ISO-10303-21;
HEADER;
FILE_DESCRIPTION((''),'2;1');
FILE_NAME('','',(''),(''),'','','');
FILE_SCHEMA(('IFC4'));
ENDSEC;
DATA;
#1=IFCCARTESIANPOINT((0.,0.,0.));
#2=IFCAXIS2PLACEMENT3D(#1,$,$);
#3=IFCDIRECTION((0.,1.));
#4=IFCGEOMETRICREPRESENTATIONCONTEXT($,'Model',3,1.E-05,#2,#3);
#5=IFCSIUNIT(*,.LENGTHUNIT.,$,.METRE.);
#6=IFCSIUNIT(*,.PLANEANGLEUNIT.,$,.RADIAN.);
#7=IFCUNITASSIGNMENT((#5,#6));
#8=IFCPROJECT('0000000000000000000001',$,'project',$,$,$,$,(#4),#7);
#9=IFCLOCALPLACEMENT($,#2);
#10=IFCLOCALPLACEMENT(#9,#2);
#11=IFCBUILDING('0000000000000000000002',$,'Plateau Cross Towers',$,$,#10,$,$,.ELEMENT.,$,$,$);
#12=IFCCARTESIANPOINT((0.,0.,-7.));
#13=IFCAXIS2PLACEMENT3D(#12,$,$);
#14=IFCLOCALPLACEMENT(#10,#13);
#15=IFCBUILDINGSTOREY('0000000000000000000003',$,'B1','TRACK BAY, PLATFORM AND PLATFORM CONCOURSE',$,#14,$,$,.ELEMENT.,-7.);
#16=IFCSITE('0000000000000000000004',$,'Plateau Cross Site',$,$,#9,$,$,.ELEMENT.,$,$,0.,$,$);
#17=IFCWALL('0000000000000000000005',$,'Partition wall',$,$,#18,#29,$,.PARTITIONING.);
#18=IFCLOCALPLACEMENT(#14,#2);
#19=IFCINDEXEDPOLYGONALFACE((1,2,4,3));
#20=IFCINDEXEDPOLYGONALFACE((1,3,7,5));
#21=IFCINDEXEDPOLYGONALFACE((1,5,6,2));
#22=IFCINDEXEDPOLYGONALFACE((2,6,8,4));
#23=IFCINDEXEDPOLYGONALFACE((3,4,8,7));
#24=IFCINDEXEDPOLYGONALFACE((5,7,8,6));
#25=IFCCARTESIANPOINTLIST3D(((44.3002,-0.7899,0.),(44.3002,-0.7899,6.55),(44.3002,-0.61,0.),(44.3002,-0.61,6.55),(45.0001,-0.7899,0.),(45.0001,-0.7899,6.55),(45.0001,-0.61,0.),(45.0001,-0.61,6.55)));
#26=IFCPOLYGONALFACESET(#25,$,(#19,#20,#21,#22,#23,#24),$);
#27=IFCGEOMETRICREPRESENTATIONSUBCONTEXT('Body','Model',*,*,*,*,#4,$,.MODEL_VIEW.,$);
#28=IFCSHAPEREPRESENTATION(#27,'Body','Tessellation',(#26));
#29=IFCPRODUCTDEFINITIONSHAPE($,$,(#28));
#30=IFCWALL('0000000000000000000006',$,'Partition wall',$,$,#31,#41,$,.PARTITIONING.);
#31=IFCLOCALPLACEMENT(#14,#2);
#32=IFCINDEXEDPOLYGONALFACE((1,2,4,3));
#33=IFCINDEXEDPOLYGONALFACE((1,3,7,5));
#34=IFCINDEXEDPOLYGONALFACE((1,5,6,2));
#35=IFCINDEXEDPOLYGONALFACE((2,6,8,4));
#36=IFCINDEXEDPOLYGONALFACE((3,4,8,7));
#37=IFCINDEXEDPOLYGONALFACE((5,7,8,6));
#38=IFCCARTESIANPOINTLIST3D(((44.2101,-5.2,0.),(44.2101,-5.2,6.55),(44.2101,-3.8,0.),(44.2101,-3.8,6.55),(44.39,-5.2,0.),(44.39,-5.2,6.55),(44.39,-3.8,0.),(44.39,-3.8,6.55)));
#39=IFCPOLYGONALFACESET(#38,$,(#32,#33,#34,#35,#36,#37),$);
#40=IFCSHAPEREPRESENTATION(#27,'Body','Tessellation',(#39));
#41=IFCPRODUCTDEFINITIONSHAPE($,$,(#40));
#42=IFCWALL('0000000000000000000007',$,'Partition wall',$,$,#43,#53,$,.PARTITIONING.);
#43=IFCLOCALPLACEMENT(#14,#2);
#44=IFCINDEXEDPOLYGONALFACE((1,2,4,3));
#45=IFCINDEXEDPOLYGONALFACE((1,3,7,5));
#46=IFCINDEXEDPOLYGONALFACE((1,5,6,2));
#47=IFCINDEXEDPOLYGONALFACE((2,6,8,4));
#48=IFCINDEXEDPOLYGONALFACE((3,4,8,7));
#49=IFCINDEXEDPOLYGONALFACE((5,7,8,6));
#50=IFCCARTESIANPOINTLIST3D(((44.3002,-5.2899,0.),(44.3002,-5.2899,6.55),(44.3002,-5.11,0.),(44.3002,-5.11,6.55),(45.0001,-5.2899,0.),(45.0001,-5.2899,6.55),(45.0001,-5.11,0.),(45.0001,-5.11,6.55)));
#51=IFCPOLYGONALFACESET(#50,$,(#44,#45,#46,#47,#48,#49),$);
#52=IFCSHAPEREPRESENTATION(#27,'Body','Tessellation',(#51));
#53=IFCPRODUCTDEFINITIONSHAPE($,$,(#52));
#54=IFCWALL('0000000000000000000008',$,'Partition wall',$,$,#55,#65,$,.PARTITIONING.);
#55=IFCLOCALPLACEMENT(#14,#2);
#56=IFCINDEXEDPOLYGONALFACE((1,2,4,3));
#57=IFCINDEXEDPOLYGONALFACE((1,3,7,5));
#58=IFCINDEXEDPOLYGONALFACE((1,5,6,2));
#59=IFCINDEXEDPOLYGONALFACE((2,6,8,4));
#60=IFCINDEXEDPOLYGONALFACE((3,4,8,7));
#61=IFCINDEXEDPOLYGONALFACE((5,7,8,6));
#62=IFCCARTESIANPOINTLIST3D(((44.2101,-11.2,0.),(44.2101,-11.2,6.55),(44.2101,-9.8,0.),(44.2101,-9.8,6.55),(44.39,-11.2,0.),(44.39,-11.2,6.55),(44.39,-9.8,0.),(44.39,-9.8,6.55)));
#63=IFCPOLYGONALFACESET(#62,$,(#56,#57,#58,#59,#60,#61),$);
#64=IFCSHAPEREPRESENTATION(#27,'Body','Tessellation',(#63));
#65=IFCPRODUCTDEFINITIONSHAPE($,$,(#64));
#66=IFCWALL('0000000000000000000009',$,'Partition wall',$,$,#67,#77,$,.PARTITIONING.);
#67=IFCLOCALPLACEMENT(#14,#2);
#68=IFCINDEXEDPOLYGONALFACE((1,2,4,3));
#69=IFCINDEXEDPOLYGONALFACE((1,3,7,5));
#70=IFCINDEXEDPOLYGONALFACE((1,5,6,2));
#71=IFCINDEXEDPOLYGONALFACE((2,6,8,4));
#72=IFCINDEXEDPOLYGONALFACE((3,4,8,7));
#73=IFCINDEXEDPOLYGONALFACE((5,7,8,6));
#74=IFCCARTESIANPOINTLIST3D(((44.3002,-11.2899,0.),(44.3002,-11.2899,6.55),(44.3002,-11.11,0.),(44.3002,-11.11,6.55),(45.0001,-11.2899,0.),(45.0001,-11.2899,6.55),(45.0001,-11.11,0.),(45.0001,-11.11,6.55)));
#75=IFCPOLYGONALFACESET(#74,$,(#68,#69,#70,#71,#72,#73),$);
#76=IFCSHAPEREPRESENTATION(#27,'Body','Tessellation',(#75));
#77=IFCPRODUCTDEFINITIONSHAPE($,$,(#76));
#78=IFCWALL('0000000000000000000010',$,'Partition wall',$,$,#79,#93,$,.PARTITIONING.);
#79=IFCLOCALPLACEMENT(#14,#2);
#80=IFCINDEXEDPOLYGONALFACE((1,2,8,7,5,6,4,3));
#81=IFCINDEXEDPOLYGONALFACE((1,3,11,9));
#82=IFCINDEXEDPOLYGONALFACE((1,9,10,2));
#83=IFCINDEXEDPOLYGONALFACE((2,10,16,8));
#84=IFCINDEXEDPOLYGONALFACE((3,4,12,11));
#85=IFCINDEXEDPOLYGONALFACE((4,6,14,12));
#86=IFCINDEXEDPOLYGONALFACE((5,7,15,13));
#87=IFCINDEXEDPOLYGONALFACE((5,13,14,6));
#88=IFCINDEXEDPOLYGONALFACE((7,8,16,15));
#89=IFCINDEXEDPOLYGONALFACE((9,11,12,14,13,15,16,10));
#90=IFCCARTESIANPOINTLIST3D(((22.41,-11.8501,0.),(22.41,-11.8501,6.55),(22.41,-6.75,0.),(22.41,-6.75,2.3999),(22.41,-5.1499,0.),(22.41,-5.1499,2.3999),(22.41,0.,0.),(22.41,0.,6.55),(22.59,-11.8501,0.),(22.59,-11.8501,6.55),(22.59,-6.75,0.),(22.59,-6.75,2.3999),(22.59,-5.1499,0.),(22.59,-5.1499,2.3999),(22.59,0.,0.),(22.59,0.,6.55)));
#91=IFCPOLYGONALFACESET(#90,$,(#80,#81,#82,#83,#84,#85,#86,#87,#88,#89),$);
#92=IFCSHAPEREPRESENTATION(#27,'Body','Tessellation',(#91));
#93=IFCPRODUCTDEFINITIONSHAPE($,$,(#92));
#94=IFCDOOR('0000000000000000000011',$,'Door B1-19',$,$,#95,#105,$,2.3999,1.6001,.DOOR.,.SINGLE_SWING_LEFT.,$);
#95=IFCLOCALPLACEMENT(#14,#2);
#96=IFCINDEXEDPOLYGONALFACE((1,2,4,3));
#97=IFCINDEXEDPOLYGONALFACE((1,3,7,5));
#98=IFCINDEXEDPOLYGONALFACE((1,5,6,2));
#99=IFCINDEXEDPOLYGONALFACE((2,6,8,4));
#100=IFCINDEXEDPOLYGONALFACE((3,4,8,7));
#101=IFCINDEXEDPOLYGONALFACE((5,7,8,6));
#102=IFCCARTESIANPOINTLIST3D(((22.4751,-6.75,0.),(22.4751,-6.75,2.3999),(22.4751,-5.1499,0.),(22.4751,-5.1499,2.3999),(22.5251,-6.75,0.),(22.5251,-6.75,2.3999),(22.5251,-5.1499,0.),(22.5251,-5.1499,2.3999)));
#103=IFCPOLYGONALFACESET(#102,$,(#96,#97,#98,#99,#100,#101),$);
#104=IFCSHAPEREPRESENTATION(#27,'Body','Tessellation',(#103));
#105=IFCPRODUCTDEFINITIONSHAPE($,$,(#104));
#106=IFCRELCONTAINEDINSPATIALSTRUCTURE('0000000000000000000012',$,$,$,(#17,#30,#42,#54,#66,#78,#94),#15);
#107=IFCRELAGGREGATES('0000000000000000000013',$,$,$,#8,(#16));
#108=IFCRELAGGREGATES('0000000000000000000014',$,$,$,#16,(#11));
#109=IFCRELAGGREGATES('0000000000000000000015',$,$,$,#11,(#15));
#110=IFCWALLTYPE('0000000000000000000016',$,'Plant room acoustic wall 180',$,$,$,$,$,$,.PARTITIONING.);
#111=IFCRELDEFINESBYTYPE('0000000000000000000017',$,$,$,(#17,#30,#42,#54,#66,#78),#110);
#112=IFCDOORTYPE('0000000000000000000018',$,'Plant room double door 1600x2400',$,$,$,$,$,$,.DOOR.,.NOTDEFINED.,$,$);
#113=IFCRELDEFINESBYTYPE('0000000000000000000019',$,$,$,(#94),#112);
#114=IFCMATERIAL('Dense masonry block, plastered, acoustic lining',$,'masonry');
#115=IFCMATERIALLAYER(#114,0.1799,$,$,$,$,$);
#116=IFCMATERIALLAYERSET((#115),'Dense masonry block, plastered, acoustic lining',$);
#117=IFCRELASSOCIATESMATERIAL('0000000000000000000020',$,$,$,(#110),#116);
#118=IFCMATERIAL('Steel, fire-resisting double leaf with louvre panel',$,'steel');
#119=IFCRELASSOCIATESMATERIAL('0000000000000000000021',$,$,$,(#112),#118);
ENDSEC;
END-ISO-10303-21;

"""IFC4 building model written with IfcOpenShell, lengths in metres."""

from ifc_helpers import new_model, si_unit, direction, frame, frame_2d, origin, place, context, subcontext, project, spatial, rectangle, extrude, material, layer, layer_set, type_object, element, fill, save


model = new_model("IFC4")

# Units and contexts
model_context = context("Model", 3, precision=1e-05, world=origin(), true_north=direction((0.0, 1.0)))
body_context = subcontext(model_context, "Body", "Model", "MODEL_VIEW")
ifc_project = project(units=[si_unit("LENGTHUNIT", "METRE"), si_unit("PLANEANGLEUNIT", "RADIAN")], contexts=[model_context])

# Site, building, storey
site_placement = place(None, origin())
site = spatial("IfcSite", under=ifc_project, at=site_placement, Name="Plateau Cross Site", CompositionType="ELEMENT", RefElevation=0.0)
building_placement = place(site_placement, origin())
building = spatial("IfcBuilding", under=site, at=building_placement, Name="Plateau Cross Towers", CompositionType="ELEMENT")
storey_placement = place(building_placement, frame((0.0, 0.0, -7.0)))
storey = spatial("IfcBuildingStorey", under=building, at=storey_placement, Name="B1", Description="TRACK BAY, PLATFORM AND PLATFORM CONCOURSE", CompositionType="ELEMENT", Elevation=-7.0)

# Walls
ifc_material_1 = material(Name="Dense masonry block, plastered, acoustic lining", Category="masonry")
ifc_layer = layer(ifc_material_1, 0.1799)
ifc_layer_set = layer_set([ifc_layer], Name="Dense masonry block, plastered, acoustic lining")
wall_type = type_object("IfcWallType", Name="Plant room acoustic wall 180", PredefinedType="PARTITIONING", material=ifc_layer_set)
wall_1_placement = place(storey_placement, frame((44.3, -0.7, 0.0), z_axis=(0.0, 0.0, 1.0), x_axis=(1.0, 0.0, 0.0)))
element("IfcWall", 1, at=wall_1_placement, inside=storey, type_object=wall_type, Name="Partition wall", PredefinedType="PARTITIONING", context=body_context, shape_type="SweptSolid", body=[
    extrude(rectangle(XDim=0.7, YDim=0.1799, at=frame_2d((0.3501, 0.0))), origin(), (0.0, 0.0, 1.0), 6.55),
])
wall_2_placement = place(storey_placement, frame((44.3, -3.8, 0.0), z_axis=(0.0, 0.0, 1.0), x_axis=(0.0, -1.0, 0.0)))
element("IfcWall", 2, at=wall_2_placement, inside=storey, type_object=wall_type, Name="Partition wall", PredefinedType="PARTITIONING", context=body_context, shape_type="SweptSolid", body=[
    extrude(rectangle(XDim=1.3999, YDim=0.1799, at=frame_2d((0.7, 0.0))), origin(), (0.0, 0.0, 1.0), 6.55),
])
wall_3_placement = place(storey_placement, frame((44.3, -5.2, 0.0), z_axis=(0.0, 0.0, 1.0), x_axis=(1.0, 0.0, 0.0)))
element("IfcWall", 3, at=wall_3_placement, inside=storey, type_object=wall_type, Name="Partition wall", PredefinedType="PARTITIONING", context=body_context, shape_type="SweptSolid", body=[
    extrude(rectangle(XDim=0.7, YDim=0.1799, at=frame_2d((0.3501, 0.0))), origin(), (0.0, 0.0, 1.0), 6.55),
])
wall_4_placement = place(storey_placement, frame((44.3, -9.8, 0.0), z_axis=(0.0, 0.0, 1.0), x_axis=(0.0, -1.0, 0.0)))
element("IfcWall", 4, at=wall_4_placement, inside=storey, type_object=wall_type, Name="Partition wall", PredefinedType="PARTITIONING", context=body_context, shape_type="SweptSolid", body=[
    extrude(rectangle(XDim=1.3999, YDim=0.1799, at=frame_2d((0.7, 0.0))), origin(), (0.0, 0.0, 1.0), 6.55),
])
wall_5_placement = place(storey_placement, frame((44.3, -11.2, 0.0), z_axis=(0.0, 0.0, 1.0), x_axis=(1.0, 0.0, 0.0)))
element("IfcWall", 5, at=wall_5_placement, inside=storey, type_object=wall_type, Name="Partition wall", PredefinedType="PARTITIONING", context=body_context, shape_type="SweptSolid", body=[
    extrude(rectangle(XDim=0.7, YDim=0.1799, at=frame_2d((0.3501, 0.0))), origin(), (0.0, 0.0, 1.0), 6.55),
])

# Wall, opening, door
wall_6_placement = place(storey_placement, frame((22.5, -11.8501, 0.0), z_axis=(0.0, 0.0, 1.0), x_axis=(0.0, 1.0, 0.0)))
wall_6 = element("IfcWall", 6, at=wall_6_placement, inside=storey, type_object=wall_type, Name="Partition wall", PredefinedType="PARTITIONING", context=body_context, shape_type="SweptSolid", body=[
    extrude(rectangle(XDim=11.8501, YDim=0.1799, at=frame_2d((5.925, 0.0))), origin(), (0.0, 0.0, 1.0), 6.55),
])
opening_placement = place(wall_6_placement, frame((5.1001, 0.0, 0.0)))
opening = element("IfcOpeningElement", 7, at=opening_placement, cuts=wall_6, PredefinedType="OPENING", context=body_context, shape_type="SweptSolid", body=[
    extrude(rectangle(XDim=1.6001, YDim=2.3999, at=frame_2d((0.8, 1.2))), frame((0.0, 0.0999, 0.0), z_axis=(0.0, -1.0, 0.0), x_axis=(1.0, 0.0, 0.0)), (0.0, 0.0, 1.0), 0.2),
])
ifc_material_2 = material(Name="Steel, fire-resisting double leaf with louvre panel", Category="steel")
door_type = type_object("IfcDoorType", Name="Plant room double door 1600x2400", OperationType="NOTDEFINED", PredefinedType="DOOR", material=ifc_material_2)
door_placement = place(opening_placement, origin())
door = element("IfcDoor", 8, at=door_placement, inside=storey, type_object=door_type, Name="Door B1-19", OperationType="SINGLE_SWING_LEFT", OverallHeight=2.3999, OverallWidth=1.6001, PredefinedType="DOOR", context=body_context, shape_type="SweptSolid", body=[
    extrude(rectangle(XDim=1.6001, YDim=2.3999, at=frame_2d((0.8, 1.2))), frame((0.0, 0.0249, 0.0), z_axis=(0.0, -1.0, 0.0), x_axis=(1.0, 0.0, 0.0)), (0.0, 0.0, 1.0), 0.05),
])
fill(opening, door)

save(model, "model.ifc")
